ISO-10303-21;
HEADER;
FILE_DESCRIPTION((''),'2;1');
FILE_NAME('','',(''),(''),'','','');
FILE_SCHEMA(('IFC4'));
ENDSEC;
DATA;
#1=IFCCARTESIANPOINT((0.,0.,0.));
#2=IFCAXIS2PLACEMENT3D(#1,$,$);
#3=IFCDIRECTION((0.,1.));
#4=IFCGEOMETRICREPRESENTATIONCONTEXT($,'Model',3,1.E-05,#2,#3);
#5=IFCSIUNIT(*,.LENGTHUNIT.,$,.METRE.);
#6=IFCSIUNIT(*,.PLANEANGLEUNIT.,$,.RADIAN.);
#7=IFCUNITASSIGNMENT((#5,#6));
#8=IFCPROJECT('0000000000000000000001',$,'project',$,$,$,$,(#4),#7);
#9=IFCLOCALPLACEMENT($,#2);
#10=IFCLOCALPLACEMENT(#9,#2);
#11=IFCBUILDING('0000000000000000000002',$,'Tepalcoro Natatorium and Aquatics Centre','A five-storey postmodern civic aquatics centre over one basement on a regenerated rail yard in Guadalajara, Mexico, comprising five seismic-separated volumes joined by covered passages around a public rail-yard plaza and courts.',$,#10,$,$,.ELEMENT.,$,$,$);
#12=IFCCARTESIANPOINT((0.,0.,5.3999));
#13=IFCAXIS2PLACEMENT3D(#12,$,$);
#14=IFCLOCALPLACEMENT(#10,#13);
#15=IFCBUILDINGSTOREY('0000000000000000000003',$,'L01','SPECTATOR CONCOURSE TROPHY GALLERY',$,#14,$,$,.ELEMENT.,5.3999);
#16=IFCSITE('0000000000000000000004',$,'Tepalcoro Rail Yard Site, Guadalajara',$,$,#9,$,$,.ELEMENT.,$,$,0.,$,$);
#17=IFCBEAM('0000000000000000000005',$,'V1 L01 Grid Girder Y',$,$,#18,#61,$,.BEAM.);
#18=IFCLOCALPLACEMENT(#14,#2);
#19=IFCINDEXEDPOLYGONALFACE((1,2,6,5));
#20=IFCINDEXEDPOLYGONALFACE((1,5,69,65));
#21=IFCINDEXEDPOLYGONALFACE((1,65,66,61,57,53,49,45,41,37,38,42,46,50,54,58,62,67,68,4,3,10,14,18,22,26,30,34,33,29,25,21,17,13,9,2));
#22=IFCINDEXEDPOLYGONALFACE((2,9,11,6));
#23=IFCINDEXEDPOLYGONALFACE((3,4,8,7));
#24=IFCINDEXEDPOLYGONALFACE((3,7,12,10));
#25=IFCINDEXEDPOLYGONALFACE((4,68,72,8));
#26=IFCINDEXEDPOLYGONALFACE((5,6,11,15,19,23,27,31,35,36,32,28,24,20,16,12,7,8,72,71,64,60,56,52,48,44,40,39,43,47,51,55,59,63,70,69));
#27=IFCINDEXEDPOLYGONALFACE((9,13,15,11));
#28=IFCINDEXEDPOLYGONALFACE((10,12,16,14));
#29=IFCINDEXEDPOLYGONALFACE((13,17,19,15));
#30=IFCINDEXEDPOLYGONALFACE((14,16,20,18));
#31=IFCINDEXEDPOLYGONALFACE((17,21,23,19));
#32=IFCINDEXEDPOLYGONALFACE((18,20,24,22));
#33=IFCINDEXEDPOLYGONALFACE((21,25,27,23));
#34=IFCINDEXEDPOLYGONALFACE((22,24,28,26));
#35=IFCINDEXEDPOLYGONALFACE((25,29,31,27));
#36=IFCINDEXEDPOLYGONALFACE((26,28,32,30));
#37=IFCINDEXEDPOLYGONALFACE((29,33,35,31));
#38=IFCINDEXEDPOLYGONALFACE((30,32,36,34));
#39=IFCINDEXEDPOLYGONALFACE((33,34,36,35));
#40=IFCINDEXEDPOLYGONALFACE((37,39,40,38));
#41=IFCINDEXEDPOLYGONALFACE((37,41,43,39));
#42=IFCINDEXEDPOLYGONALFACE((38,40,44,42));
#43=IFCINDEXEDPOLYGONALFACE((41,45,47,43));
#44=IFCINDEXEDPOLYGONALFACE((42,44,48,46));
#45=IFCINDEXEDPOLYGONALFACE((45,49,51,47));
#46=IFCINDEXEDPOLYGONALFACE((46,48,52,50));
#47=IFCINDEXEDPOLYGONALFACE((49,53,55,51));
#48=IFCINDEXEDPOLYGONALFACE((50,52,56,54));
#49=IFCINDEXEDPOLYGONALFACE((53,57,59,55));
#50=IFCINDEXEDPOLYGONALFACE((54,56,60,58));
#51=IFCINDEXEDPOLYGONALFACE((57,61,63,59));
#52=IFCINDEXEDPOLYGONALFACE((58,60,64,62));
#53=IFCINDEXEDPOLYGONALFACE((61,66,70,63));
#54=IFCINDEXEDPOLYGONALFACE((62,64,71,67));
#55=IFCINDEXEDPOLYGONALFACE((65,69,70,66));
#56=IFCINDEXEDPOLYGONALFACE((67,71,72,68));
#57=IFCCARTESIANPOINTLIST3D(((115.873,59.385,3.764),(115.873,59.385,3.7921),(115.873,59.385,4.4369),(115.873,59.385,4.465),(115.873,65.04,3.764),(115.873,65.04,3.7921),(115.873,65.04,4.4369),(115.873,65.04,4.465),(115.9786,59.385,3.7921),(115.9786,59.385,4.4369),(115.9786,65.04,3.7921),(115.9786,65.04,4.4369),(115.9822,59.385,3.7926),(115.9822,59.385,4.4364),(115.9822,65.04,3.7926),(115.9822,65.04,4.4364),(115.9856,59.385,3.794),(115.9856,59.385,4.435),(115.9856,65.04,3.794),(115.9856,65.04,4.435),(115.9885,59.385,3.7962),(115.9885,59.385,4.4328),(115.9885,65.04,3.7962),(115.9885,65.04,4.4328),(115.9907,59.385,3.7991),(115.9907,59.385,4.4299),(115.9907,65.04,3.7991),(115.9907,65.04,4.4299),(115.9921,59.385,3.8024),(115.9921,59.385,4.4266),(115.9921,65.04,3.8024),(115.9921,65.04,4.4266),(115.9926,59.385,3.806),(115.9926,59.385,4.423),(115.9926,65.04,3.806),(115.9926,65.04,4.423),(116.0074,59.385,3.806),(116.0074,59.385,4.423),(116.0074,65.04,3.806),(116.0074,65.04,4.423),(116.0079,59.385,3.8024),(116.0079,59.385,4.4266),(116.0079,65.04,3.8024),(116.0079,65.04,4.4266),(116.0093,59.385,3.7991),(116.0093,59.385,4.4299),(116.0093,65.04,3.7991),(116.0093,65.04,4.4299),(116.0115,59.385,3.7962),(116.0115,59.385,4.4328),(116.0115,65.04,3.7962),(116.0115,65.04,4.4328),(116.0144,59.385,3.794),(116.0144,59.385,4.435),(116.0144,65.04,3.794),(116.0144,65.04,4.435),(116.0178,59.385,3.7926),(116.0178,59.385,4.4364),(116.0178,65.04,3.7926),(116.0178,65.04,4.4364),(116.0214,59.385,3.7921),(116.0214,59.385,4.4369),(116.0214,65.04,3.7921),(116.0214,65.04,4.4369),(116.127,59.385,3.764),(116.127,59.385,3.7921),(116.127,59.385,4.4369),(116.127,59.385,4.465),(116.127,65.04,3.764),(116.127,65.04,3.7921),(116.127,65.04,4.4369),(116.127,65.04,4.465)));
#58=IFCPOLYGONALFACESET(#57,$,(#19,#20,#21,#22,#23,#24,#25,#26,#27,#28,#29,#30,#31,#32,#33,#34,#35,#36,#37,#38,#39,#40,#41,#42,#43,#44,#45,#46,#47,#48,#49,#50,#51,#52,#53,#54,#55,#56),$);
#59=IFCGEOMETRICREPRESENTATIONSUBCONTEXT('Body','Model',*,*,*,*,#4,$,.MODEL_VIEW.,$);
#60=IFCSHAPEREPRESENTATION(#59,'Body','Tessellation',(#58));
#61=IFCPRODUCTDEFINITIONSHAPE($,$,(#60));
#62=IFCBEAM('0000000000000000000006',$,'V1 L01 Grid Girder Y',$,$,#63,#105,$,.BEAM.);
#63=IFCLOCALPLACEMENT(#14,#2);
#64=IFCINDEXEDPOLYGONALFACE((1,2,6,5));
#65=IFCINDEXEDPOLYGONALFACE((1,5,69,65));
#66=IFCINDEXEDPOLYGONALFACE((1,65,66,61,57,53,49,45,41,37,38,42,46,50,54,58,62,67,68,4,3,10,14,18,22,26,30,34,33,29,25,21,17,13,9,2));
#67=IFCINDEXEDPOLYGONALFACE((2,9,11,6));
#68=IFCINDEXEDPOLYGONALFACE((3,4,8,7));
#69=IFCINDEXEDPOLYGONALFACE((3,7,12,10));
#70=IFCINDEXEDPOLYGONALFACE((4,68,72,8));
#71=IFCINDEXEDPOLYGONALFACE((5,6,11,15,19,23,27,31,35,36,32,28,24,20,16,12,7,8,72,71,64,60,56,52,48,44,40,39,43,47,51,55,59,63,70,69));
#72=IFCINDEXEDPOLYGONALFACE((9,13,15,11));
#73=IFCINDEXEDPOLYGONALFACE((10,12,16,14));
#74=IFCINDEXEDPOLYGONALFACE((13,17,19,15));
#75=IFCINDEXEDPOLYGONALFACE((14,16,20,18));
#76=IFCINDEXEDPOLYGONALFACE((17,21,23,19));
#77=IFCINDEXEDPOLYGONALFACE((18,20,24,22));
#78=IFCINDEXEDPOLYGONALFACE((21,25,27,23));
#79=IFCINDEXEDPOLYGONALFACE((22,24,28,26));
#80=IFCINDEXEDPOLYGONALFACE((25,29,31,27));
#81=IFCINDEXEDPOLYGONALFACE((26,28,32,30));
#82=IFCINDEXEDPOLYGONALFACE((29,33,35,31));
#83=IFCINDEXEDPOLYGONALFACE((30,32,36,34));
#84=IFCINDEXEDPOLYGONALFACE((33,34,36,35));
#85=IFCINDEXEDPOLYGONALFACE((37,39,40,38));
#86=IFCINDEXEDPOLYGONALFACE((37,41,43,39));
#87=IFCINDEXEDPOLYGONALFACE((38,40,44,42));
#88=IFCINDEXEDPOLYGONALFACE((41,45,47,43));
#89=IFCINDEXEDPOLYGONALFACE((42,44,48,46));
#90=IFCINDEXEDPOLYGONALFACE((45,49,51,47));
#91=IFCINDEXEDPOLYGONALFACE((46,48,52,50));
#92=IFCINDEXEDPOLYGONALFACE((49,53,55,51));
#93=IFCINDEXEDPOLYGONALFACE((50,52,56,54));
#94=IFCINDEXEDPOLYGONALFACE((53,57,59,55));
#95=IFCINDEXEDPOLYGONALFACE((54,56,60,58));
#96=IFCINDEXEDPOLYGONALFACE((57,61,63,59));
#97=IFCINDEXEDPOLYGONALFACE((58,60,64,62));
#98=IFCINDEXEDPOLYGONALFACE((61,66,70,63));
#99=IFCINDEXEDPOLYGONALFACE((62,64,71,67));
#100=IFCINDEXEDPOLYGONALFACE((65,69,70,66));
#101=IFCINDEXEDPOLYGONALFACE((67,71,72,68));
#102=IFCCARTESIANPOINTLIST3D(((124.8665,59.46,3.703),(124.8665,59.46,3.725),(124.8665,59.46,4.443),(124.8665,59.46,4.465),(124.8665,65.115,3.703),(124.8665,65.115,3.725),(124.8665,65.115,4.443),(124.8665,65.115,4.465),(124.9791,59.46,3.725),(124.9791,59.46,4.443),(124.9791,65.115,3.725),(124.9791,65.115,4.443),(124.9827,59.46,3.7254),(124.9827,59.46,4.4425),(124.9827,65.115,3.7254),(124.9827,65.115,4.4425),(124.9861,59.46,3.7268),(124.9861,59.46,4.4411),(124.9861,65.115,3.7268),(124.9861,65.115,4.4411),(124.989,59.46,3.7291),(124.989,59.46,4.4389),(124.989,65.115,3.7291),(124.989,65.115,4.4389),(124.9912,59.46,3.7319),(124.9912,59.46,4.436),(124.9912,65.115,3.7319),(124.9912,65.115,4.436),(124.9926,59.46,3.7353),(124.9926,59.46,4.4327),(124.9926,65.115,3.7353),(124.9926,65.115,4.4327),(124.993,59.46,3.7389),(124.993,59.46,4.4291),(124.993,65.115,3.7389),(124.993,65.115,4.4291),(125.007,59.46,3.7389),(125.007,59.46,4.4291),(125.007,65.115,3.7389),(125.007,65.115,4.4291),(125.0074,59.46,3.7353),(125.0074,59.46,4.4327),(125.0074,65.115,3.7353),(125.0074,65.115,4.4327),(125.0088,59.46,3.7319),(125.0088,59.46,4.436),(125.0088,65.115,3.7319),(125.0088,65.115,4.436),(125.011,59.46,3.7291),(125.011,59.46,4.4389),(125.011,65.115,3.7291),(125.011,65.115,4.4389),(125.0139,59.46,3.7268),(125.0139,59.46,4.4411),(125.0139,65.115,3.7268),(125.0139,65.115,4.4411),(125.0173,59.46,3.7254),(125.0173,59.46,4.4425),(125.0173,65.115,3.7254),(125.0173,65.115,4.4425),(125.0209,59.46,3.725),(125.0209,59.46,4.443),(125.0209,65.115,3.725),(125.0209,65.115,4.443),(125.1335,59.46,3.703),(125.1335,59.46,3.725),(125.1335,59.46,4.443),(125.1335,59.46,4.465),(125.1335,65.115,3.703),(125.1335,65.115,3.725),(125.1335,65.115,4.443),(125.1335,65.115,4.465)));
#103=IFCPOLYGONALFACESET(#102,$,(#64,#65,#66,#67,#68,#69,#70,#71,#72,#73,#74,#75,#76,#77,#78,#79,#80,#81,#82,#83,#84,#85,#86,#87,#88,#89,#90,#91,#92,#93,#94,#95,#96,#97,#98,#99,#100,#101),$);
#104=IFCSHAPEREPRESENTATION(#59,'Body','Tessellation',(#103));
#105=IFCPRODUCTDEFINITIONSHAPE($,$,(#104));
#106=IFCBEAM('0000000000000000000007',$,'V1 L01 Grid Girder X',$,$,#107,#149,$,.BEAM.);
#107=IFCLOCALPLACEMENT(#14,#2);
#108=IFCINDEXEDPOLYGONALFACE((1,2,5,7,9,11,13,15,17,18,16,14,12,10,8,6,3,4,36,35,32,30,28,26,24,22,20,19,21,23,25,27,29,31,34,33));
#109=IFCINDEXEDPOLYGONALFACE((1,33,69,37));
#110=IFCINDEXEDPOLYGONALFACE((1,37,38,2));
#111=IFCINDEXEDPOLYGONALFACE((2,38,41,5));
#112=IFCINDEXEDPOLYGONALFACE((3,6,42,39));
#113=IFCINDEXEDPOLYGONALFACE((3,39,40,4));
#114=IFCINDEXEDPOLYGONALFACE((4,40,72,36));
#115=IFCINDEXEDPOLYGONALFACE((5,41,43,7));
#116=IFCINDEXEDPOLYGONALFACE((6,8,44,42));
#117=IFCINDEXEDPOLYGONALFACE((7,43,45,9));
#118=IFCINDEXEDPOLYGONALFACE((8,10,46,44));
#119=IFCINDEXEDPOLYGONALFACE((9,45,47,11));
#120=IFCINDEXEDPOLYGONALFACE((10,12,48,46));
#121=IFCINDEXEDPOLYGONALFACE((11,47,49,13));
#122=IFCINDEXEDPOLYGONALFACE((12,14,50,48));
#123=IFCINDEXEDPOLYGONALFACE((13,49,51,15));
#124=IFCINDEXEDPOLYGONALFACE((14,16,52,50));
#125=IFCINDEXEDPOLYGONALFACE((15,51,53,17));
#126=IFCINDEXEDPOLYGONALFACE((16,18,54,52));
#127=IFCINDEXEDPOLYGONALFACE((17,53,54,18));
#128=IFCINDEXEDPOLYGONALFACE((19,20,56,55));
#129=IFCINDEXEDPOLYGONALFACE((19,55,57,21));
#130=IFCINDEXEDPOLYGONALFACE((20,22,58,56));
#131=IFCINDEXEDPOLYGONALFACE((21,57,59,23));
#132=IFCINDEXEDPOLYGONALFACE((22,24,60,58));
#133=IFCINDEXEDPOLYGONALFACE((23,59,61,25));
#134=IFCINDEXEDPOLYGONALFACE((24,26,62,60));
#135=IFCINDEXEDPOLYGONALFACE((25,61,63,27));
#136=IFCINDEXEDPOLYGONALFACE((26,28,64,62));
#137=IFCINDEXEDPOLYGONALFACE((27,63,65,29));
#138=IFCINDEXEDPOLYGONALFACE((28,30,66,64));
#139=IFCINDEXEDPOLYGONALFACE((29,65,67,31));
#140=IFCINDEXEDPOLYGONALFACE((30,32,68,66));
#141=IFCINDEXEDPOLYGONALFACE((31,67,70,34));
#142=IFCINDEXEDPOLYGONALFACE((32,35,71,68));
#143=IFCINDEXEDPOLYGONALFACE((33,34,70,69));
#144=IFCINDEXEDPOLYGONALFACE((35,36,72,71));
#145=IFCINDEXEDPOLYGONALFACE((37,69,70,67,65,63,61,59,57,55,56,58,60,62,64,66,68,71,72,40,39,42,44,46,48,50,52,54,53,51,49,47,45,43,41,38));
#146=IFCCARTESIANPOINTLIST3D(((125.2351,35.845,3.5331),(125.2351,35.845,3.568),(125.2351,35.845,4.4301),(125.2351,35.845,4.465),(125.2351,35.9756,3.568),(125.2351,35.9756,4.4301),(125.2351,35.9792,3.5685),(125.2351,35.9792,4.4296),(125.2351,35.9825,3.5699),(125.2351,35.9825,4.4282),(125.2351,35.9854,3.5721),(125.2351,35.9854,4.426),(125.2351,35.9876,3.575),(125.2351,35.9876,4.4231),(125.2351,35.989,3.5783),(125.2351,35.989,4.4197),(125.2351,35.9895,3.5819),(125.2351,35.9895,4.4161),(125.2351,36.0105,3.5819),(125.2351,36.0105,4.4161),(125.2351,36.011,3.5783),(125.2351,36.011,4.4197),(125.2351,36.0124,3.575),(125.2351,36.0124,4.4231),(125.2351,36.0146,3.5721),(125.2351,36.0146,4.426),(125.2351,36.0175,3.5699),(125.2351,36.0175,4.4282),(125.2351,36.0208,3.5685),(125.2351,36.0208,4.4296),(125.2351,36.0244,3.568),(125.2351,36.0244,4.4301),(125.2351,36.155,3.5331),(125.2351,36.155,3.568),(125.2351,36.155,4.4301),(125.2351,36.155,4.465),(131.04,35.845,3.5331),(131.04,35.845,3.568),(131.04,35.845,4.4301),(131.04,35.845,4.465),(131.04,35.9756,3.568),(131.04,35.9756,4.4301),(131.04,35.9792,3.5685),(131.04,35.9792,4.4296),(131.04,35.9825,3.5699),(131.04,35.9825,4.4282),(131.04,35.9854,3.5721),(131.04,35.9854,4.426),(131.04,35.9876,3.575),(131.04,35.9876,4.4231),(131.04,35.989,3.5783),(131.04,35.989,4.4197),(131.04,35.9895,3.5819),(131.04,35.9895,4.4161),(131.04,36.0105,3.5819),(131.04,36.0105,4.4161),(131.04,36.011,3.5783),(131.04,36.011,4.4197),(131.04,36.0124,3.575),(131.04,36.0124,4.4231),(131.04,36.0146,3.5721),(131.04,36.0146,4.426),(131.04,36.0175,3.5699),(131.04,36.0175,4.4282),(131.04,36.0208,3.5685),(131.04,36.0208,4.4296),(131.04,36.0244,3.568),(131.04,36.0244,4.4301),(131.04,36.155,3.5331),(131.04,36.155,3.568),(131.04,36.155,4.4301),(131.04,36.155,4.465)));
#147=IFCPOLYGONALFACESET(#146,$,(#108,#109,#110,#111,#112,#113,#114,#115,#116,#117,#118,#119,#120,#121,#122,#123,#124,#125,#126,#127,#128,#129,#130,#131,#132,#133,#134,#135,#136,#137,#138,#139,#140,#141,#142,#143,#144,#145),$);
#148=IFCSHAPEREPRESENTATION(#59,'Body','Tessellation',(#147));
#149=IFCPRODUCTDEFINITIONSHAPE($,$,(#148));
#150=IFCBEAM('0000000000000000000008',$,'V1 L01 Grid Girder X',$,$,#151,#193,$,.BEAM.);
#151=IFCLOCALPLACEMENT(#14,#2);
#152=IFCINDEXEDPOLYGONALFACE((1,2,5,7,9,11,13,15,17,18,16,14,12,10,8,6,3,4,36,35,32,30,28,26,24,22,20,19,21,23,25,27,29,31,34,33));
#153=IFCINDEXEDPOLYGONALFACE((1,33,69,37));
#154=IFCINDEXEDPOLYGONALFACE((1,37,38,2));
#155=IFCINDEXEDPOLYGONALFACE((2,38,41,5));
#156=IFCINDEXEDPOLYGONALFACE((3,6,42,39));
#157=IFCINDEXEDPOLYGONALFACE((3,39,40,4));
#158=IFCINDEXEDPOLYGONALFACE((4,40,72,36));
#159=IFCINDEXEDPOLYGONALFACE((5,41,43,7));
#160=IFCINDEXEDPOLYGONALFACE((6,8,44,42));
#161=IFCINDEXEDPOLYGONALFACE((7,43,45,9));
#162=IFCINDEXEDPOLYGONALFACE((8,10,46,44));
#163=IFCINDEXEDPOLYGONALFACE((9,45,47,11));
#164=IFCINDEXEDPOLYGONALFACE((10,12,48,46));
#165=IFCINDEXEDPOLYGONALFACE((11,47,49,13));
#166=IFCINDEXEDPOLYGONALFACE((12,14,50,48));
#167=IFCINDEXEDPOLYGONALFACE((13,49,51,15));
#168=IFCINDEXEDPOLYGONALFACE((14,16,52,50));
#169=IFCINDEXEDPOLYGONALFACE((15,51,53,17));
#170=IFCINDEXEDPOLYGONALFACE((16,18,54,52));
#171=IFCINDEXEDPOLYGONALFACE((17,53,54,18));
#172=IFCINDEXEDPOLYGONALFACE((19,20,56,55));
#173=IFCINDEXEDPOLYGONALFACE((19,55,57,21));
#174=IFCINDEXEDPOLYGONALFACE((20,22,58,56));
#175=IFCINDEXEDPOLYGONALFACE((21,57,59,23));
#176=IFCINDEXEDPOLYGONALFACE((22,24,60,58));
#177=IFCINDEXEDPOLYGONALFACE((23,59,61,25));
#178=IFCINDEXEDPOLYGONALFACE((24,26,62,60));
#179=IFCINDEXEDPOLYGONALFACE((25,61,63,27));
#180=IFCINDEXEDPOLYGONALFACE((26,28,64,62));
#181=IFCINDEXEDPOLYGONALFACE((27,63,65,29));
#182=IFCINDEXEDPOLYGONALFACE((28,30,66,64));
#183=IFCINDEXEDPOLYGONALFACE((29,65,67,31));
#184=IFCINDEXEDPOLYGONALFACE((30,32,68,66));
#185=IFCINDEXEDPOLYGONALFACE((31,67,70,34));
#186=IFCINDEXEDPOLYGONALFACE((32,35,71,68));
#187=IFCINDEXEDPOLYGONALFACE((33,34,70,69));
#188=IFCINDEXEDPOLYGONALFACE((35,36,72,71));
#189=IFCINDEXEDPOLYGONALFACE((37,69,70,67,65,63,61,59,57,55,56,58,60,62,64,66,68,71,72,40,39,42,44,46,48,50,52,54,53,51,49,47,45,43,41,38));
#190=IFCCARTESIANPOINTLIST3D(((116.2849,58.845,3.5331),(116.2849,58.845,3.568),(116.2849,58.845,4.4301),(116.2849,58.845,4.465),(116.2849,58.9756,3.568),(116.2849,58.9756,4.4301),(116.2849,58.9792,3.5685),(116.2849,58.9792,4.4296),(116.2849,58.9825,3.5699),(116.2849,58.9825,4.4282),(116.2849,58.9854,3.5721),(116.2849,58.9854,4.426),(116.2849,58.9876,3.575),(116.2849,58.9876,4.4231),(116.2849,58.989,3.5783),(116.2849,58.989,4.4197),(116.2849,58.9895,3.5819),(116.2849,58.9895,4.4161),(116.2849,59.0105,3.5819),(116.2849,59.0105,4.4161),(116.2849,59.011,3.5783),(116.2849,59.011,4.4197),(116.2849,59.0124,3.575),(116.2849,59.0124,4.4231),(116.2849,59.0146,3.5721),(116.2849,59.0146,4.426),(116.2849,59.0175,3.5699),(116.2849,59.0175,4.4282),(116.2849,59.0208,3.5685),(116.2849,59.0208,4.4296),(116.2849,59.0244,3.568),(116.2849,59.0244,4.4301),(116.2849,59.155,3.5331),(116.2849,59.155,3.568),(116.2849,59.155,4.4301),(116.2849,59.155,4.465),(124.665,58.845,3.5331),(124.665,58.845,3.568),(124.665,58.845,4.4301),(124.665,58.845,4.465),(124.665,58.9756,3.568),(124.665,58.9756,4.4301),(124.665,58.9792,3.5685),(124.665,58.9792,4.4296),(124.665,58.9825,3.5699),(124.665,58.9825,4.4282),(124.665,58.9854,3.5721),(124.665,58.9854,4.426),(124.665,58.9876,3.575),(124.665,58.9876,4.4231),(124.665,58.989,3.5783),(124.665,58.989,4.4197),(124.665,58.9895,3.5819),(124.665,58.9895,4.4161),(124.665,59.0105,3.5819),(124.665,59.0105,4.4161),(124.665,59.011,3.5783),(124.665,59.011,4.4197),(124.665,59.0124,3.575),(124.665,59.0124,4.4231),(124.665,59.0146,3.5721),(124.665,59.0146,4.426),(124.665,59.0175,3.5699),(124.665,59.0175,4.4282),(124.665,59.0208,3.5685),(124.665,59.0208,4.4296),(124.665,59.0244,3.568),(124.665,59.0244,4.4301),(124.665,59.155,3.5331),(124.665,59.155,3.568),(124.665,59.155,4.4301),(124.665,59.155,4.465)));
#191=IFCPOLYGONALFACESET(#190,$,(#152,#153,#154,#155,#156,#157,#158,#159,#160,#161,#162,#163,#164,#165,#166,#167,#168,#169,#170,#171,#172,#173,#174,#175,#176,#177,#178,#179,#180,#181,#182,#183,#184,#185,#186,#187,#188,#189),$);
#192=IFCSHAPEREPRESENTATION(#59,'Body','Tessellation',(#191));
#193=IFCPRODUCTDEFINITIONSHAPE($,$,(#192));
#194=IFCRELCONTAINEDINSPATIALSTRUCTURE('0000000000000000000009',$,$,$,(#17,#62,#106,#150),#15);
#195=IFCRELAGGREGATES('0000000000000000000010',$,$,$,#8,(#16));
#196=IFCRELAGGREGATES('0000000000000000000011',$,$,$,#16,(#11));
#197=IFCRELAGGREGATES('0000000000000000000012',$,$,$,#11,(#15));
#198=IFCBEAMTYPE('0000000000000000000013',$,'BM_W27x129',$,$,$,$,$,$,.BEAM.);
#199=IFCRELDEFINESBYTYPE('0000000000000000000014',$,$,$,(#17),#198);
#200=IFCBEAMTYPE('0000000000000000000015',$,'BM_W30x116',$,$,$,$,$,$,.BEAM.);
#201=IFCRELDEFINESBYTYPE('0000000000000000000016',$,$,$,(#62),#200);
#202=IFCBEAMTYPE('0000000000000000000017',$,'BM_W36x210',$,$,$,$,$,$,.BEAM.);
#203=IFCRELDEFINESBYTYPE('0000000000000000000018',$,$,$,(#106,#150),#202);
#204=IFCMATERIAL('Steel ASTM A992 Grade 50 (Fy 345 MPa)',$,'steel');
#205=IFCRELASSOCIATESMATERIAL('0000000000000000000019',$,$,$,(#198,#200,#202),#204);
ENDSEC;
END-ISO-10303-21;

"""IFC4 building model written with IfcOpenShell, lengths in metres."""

from ifc_helpers import new_model, si_unit, direction, frame, origin, origin_2d, place, context, subcontext, project, spatial, i_section, extrude, material, material_profile, profile_set, type_object, element, save


model = new_model("IFC4")

# Units and contexts
model_context = context("Model", 3, precision=1e-05, world=origin(), true_north=direction((0.0, 1.0)))
body_context = subcontext(model_context, "Body", "Model", "MODEL_VIEW")
ifc_project = project(units=[si_unit("LENGTHUNIT", "METRE"), si_unit("PLANEANGLEUNIT", "RADIAN")], contexts=[model_context])

# Site, building, storey
site_placement = place(None, origin())
site = spatial("IfcSite", under=ifc_project, at=site_placement, Name="Tepalcoro Rail Yard Site, Guadalajara", CompositionType="ELEMENT", RefElevation=0.0)
building_placement = place(site_placement, origin())
building = spatial("IfcBuilding", under=site, at=building_placement, Name="Tepalcoro Natatorium and Aquatics Centre", Description="A five-storey postmodern civic aquatics centre over one basement on a regenerated rail yard in Guadalajara, Mexico, comprising five seismic-separated volumes joined by covered passages around a public rail-yard plaza and courts.", CompositionType="ELEMENT")
storey_placement = place(building_placement, frame((0.0, 0.0, 5.3999)))
storey = spatial("IfcBuildingStorey", under=building, at=storey_placement, Name="L01", Description="SPECTATOR CONCOURSE TROPHY GALLERY", CompositionType="ELEMENT", Elevation=5.3999)

# Beams
ifc_material_1 = material(Name="Steel ASTM A992 Grade 50 (Fy 345 MPa)", Category="steel")
ifc_material_profile_1 = material_profile(ifc_material_1, i_section(OverallWidth=0.2539, OverallDepth=0.7009, WebThickness=0.0149, FlangeThickness=0.0281, FilletRadius=0.0139, at=origin_2d()), Name="W27X129")
ifc_profile_set_1 = profile_set([ifc_material_profile_1], Name="Steel ASTM A992 Grade 50 (Fy 345 MPa)")
beam_type_1 = type_object("IfcBeamType", Name="BM_W27x129", PredefinedType="BEAM", material=ifc_profile_set_1)
beam_1_placement = place(storey_placement, frame((116.0, 59.385, 4.1145), z_axis=(0.0, 1.0, 0.0), x_axis=(-1.0, 0.0, 0.0)))
element("IfcBeam", 1, at=beam_1_placement, inside=storey, type_object=beam_type_1, Name="V1 L01 Grid Girder Y", PredefinedType="BEAM", context=body_context, shape_type="SweptSolid", body=[
    extrude(i_section(OverallWidth=0.2539, OverallDepth=0.7009, WebThickness=0.0149, FlangeThickness=0.0281, FilletRadius=0.0139, at=origin_2d()), origin(), (0.0, 0.0, 1.0), 5.655),
])
ifc_material_profile_2 = material_profile(ifc_material_1, i_section(OverallWidth=0.2671, OverallDepth=0.762, WebThickness=0.0139, FlangeThickness=0.022, FilletRadius=0.0139, at=origin_2d()), Name="W30X116")
ifc_profile_set_2 = profile_set([ifc_material_profile_2], Name="Steel ASTM A992 Grade 50 (Fy 345 MPa)")
beam_type_2 = type_object("IfcBeamType", Name="BM_W30x116", PredefinedType="BEAM", material=ifc_profile_set_2)
beam_2_placement = place(storey_placement, frame((125.0, 59.46, 4.084), z_axis=(0.0, 1.0, 0.0), x_axis=(-1.0, 0.0, 0.0)))
element("IfcBeam", 2, at=beam_2_placement, inside=storey, type_object=beam_type_2, Name="V1 L01 Grid Girder Y", PredefinedType="BEAM", context=body_context, shape_type="SweptSolid", body=[
    extrude(i_section(OverallWidth=0.2671, OverallDepth=0.762, WebThickness=0.0139, FlangeThickness=0.022, FilletRadius=0.0139, at=origin_2d()), origin(), (0.0, 0.0, 1.0), 5.655),
])
ifc_material_profile_3 = material_profile(ifc_material_1, i_section(OverallWidth=0.3101, OverallDepth=0.9319, WebThickness=0.021, FlangeThickness=0.0349, FilletRadius=0.0139, at=origin_2d()), Name="W36X210")
ifc_profile_set_3 = profile_set([ifc_material_profile_3], Name="Steel ASTM A992 Grade 50 (Fy 345 MPa)")
beam_type_3 = type_object("IfcBeamType", Name="BM_W36x210", PredefinedType="BEAM", material=ifc_profile_set_3)
beam_3_placement = place(storey_placement, frame((125.2351, 36.0, 3.999), z_axis=(1.0, 0.0, 0.0), x_axis=(0.0, 1.0, 0.0)))
element("IfcBeam", 3, at=beam_3_placement, inside=storey, type_object=beam_type_3, Name="V1 L01 Grid Girder X", PredefinedType="BEAM", context=body_context, shape_type="SweptSolid", body=[
    extrude(i_section(OverallWidth=0.3101, OverallDepth=0.9319, WebThickness=0.021, FlangeThickness=0.0349, FilletRadius=0.0139, at=origin_2d()), origin(), (0.0, 0.0, 1.0), 5.8049),
])
beam_4_placement = place(storey_placement, frame((116.2849, 59.0, 3.999), z_axis=(1.0, 0.0, 0.0), x_axis=(0.0, 1.0, 0.0)))
element("IfcBeam", 4, at=beam_4_placement, inside=storey, type_object=beam_type_3, Name="V1 L01 Grid Girder X", PredefinedType="BEAM", context=body_context, shape_type="SweptSolid", body=[
    extrude(i_section(OverallWidth=0.3101, OverallDepth=0.9319, WebThickness=0.021, FlangeThickness=0.0349, FilletRadius=0.0139, at=origin_2d()), origin(), (0.0, 0.0, 1.0), 8.3801),
])

save(model, "model.ifc")
